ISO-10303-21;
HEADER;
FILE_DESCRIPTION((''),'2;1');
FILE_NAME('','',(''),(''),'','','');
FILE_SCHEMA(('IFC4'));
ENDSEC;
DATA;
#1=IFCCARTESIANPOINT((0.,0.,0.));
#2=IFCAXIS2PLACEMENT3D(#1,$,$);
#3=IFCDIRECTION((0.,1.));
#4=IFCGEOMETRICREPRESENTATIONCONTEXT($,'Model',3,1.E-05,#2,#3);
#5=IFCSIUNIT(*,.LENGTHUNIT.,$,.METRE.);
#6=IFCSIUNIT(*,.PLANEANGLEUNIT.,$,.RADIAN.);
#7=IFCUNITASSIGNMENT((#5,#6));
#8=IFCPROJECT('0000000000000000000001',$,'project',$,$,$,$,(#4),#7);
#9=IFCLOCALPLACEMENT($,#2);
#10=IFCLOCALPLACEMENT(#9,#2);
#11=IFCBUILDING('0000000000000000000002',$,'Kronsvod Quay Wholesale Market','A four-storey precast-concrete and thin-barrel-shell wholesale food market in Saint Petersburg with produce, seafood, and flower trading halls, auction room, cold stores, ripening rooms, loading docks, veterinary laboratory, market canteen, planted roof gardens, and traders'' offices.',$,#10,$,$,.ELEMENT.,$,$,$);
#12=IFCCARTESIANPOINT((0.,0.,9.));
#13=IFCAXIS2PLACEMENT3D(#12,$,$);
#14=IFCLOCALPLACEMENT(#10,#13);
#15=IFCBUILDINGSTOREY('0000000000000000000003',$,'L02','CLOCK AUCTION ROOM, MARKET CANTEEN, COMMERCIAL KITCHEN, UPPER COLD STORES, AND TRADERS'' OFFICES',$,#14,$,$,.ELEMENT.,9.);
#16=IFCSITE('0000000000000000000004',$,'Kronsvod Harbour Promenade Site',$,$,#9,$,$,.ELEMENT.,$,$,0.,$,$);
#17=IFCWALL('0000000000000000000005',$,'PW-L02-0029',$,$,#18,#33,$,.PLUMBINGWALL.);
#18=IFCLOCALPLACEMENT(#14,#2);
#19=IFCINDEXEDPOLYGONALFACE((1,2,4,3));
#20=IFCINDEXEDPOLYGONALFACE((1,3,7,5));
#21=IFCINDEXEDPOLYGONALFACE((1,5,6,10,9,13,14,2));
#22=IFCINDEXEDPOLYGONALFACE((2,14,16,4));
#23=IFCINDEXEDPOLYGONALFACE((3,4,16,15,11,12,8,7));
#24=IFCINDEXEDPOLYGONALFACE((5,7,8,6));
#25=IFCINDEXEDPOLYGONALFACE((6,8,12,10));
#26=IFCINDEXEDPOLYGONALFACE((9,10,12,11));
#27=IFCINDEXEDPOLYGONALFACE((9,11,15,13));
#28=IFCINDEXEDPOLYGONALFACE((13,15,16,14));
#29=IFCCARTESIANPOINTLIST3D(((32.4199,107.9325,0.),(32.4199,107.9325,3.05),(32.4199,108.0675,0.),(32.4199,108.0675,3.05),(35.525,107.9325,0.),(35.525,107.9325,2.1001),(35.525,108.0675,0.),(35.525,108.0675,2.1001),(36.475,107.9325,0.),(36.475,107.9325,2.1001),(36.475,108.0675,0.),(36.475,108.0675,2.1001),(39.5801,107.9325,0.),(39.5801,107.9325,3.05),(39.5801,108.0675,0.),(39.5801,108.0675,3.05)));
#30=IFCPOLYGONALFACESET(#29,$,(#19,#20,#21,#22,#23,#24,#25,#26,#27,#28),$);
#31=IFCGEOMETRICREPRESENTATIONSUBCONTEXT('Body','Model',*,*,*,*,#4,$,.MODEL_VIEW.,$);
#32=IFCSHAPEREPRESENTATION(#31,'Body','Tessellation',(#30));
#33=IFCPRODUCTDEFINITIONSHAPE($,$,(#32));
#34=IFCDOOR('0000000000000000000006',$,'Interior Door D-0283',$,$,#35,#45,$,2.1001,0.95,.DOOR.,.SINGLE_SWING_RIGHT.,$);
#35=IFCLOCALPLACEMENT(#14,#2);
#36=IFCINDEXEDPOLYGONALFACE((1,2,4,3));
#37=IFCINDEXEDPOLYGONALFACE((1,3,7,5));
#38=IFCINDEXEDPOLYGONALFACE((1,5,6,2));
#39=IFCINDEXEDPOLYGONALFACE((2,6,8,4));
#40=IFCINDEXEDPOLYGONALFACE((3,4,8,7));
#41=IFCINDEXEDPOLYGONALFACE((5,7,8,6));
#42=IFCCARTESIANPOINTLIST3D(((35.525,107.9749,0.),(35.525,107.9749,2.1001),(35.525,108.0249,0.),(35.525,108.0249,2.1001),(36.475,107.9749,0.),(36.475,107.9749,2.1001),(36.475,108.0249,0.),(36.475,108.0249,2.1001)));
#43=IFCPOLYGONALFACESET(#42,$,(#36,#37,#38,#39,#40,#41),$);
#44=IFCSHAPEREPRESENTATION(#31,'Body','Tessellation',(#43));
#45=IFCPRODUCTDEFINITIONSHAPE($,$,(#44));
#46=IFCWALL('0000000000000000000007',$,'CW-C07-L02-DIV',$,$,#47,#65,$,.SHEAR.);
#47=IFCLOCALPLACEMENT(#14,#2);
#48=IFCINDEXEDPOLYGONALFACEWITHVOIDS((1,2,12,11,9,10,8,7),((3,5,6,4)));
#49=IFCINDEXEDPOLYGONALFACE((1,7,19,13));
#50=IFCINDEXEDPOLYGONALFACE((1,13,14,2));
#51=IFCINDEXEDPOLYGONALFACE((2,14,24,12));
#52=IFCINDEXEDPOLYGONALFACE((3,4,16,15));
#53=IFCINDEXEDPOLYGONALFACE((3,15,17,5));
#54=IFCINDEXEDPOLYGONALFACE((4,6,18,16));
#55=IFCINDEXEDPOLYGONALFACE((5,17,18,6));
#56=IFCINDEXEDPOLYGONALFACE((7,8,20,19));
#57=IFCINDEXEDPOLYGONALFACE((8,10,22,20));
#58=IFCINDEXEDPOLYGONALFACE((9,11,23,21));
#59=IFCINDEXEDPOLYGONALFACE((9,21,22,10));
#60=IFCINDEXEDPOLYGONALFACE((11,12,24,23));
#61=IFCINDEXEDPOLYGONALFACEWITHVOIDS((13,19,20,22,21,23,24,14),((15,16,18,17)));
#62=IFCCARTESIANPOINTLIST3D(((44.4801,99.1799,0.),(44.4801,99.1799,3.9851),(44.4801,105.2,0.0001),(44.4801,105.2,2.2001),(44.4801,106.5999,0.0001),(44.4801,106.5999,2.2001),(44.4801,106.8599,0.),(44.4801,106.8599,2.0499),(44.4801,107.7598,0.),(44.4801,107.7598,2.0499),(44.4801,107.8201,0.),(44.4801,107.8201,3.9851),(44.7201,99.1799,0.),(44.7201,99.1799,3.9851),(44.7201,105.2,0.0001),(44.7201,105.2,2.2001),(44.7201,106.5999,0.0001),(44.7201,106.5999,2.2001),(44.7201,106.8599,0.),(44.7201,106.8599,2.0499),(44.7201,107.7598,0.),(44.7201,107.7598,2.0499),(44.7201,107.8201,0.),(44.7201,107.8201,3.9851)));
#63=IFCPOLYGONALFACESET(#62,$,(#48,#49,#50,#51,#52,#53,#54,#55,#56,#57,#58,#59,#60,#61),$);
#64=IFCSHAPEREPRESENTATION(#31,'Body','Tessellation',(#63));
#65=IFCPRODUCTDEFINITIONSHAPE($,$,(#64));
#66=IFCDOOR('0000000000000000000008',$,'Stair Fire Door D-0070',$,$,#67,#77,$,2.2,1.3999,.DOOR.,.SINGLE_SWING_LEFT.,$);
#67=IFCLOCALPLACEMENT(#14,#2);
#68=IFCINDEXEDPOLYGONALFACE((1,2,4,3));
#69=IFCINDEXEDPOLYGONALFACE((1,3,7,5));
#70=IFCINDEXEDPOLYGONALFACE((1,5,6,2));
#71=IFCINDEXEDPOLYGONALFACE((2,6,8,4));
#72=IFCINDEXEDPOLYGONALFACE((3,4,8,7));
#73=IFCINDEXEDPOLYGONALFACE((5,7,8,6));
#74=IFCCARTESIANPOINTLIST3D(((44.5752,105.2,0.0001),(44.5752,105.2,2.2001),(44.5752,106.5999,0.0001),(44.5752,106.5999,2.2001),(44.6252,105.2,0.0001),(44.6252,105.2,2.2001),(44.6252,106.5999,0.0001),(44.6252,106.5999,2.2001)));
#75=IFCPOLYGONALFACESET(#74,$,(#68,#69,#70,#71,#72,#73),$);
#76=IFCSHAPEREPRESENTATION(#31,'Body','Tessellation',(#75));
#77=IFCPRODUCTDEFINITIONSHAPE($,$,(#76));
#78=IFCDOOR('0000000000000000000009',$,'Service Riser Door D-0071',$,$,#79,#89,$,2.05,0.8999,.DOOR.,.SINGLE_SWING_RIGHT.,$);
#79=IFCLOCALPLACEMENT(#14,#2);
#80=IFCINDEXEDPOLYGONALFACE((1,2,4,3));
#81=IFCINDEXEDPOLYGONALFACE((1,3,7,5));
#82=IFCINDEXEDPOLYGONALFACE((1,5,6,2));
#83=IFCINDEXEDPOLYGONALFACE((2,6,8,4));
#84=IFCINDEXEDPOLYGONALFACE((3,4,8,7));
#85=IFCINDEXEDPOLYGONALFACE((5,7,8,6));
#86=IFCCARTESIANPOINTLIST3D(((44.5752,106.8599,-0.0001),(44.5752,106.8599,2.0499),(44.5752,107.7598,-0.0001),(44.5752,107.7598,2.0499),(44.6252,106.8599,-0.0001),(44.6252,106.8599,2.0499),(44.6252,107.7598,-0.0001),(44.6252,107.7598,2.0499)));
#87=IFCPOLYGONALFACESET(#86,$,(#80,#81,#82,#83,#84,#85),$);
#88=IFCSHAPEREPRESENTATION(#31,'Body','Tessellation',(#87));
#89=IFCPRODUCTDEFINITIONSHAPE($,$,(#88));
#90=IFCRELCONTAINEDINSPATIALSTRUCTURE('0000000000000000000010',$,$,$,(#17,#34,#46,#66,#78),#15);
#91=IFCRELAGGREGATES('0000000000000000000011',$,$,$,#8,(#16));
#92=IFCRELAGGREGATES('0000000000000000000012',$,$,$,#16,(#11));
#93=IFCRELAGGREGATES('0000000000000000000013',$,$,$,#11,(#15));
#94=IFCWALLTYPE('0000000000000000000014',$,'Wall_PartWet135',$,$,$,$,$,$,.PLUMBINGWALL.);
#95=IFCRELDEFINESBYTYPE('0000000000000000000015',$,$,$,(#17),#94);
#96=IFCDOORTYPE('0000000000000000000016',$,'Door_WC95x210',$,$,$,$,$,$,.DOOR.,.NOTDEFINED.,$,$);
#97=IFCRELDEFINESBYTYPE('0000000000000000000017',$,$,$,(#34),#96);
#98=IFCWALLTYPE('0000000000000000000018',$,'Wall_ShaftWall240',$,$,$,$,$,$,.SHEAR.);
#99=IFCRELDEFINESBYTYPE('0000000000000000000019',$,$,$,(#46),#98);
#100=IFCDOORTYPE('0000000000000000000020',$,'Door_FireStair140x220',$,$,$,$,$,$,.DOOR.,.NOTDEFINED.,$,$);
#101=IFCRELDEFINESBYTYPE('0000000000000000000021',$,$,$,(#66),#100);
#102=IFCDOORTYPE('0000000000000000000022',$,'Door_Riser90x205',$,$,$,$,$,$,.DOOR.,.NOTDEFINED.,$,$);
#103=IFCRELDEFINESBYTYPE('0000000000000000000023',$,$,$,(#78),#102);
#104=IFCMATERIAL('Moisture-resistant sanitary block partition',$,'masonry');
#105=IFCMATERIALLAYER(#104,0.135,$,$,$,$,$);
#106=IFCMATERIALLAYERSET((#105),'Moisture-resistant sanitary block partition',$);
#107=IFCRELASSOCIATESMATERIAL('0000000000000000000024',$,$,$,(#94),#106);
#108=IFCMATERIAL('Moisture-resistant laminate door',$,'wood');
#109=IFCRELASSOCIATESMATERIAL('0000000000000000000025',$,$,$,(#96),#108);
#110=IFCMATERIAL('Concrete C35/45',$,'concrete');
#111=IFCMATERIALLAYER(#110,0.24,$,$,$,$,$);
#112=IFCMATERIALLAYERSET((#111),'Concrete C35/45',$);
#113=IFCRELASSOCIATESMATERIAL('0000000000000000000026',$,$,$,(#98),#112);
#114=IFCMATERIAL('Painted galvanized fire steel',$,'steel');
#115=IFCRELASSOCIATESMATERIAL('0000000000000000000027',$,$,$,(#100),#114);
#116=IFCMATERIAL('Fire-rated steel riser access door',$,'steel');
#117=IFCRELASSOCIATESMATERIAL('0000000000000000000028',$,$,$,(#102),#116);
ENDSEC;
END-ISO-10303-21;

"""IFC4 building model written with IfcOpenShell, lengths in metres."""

from ifc_helpers import new_model, si_unit, direction, frame, frame_2d, origin, place, context, subcontext, project, spatial, rectangle, extrude, material, layer, layer_set, type_object, element, fill, save


model = new_model("IFC4")

# Units and contexts
model_context = context("Model", 3, precision=1e-05, world=origin(), true_north=direction((0.0, 1.0)))
body_context = subcontext(model_context, "Body", "Model", "MODEL_VIEW")
ifc_project = project(units=[si_unit("LENGTHUNIT", "METRE"), si_unit("PLANEANGLEUNIT", "RADIAN")], contexts=[model_context])

# Site, building, storey
site_placement = place(None, origin())
site = spatial("IfcSite", under=ifc_project, at=site_placement, Name="Kronsvod Harbour Promenade Site", CompositionType="ELEMENT", RefElevation=0.0)
building_placement = place(site_placement, origin())
building = spatial("IfcBuilding", under=site, at=building_placement, Name="Kronsvod Quay Wholesale Market", Description="A four-storey precast-concrete and thin-barrel-shell wholesale food market in Saint Petersburg with produce, seafood, and flower trading halls, auction room, cold stores, ripening rooms, loading docks, veterinary laboratory, market canteen, planted roof gardens, and traders' offices.", CompositionType="ELEMENT")
storey_placement = place(building_placement, frame((0.0, 0.0, 9.0)))
storey = spatial("IfcBuildingStorey", under=building, at=storey_placement, Name="L02", Description="CLOCK AUCTION ROOM, MARKET CANTEEN, COMMERCIAL KITCHEN, UPPER COLD STORES, AND TRADERS' OFFICES", CompositionType="ELEMENT", Elevation=9.0)

# Wall, opening, door
ifc_material_1 = material(Name="Moisture-resistant sanitary block partition", Category="masonry")
ifc_layer_1 = layer(ifc_material_1, 0.135)
ifc_layer_set_1 = layer_set([ifc_layer_1], Name="Moisture-resistant sanitary block partition")
wall_type_1 = type_object("IfcWallType", Name="Wall_PartWet135", PredefinedType="PLUMBINGWALL", material=ifc_layer_set_1)
wall_1_placement = place(storey_placement, frame((32.4199, 108.0, 0.0), z_axis=(0.0, 0.0, 1.0), x_axis=(1.0, 0.0, 0.0)))
wall_1 = element("IfcWall", 1, at=wall_1_placement, inside=storey, type_object=wall_type_1, Name="PW-L02-0029", PredefinedType="PLUMBINGWALL", context=body_context, shape_type="SweptSolid", body=[
    extrude(rectangle(XDim=7.1602, YDim=0.135, at=frame_2d((3.5801, 0.0))), origin(), (0.0, 0.0, 1.0), 3.05),
])
opening_1_placement = place(wall_1_placement, frame((3.105, 0.0, 0.0)))
opening_1 = element("IfcOpeningElement", 2, at=opening_1_placement, cuts=wall_1, PredefinedType="OPENING", context=body_context, shape_type="SweptSolid", body=[
    extrude(rectangle(XDim=0.95, YDim=2.1001, at=frame_2d((0.4751, 1.05))), frame((0.0, 0.0776, 0.0), z_axis=(0.0, -1.0, 0.0), x_axis=(1.0, 0.0, 0.0)), (0.0, 0.0, 1.0), 0.155),
])
ifc_material_2 = material(Name="Moisture-resistant laminate door", Category="wood")
door_type_1 = type_object("IfcDoorType", Name="Door_WC95x210", OperationType="NOTDEFINED", PredefinedType="DOOR", material=ifc_material_2)
door_1_placement = place(opening_1_placement, origin())
door_1 = element("IfcDoor", 3, at=door_1_placement, inside=storey, type_object=door_type_1, Name="Interior Door D-0283", OperationType="SINGLE_SWING_RIGHT", OverallHeight=2.1001, OverallWidth=0.95, PredefinedType="DOOR", context=body_context, shape_type="SweptSolid", body=[
    extrude(rectangle(XDim=0.95, YDim=2.1001, at=frame_2d((0.4751, 1.05))), frame((0.0, 0.0249, 0.0), z_axis=(0.0, -1.0, 0.0), x_axis=(1.0, 0.0, 0.0)), (0.0, 0.0, 1.0), 0.05),
])
fill(opening_1, door_1)

# Wall, openings, doors
ifc_material_3 = material(Name="Concrete C35/45", Category="concrete")
ifc_layer_2 = layer(ifc_material_3, 0.24)
ifc_layer_set_2 = layer_set([ifc_layer_2], Name="Concrete C35/45")
wall_type_2 = type_object("IfcWallType", Name="Wall_ShaftWall240", PredefinedType="SHEAR", material=ifc_layer_set_2)
wall_2_placement = place(storey_placement, frame((44.6001, 99.1799, 0.0), z_axis=(0.0, 0.0, 1.0), x_axis=(0.0, 1.0, 0.0)))
wall_2 = element("IfcWall", 4, at=wall_2_placement, inside=storey, type_object=wall_type_2, Name="CW-C07-L02-DIV", PredefinedType="SHEAR", context=body_context, shape_type="SweptSolid", body=[
    extrude(rectangle(XDim=8.6401, YDim=0.24, at=frame_2d((4.3201, 0.0))), origin(), (0.0, 0.0, 1.0), 3.9851),
])
opening_2_placement = place(wall_2_placement, frame((6.02, 0.0, 0.0)))
opening_2 = element("IfcOpeningElement", 5, at=opening_2_placement, cuts=wall_2, PredefinedType="OPENING", context=body_context, shape_type="SweptSolid", body=[
    extrude(rectangle(XDim=1.3999, YDim=2.2, at=frame_2d((0.7, 1.1001))), frame((0.0, 0.1299, 0.0), z_axis=(0.0, -1.0, 0.0), x_axis=(1.0, 0.0, 0.0)), (0.0, 0.0, 1.0), 0.26),
])
opening_3_placement = place(wall_2_placement, frame((7.6799, 0.0, 0.0)))
opening_3 = element("IfcOpeningElement", 6, at=opening_3_placement, cuts=wall_2, PredefinedType="OPENING", context=body_context, shape_type="SweptSolid", body=[
    extrude(rectangle(XDim=0.8999, YDim=2.05, at=frame_2d((0.45, 1.0249))), frame((0.0, 0.1299, 0.0), z_axis=(0.0, -1.0, 0.0), x_axis=(1.0, 0.0, 0.0)), (0.0, 0.0, 1.0), 0.26),
])
ifc_material_4 = material(Name="Painted galvanized fire steel", Category="steel")
door_type_2 = type_object("IfcDoorType", Name="Door_FireStair140x220", OperationType="NOTDEFINED", PredefinedType="DOOR", material=ifc_material_4)
door_2_placement = place(opening_2_placement, origin())
door_2 = element("IfcDoor", 7, at=door_2_placement, inside=storey, type_object=door_type_2, Name="Stair Fire Door D-0070", OperationType="SINGLE_SWING_LEFT", OverallHeight=2.2, OverallWidth=1.3999, PredefinedType="DOOR", context=body_context, shape_type="SweptSolid", body=[
    extrude(rectangle(XDim=1.3999, YDim=2.2, at=frame_2d((0.7, 1.1001))), frame((0.0, 0.0249, 0.0), z_axis=(0.0, -1.0, 0.0), x_axis=(1.0, 0.0, 0.0)), (0.0, 0.0, 1.0), 0.05),
])
fill(opening_2, door_2)
ifc_material_5 = material(Name="Fire-rated steel riser access door", Category="steel")
door_type_3 = type_object("IfcDoorType", Name="Door_Riser90x205", OperationType="NOTDEFINED", PredefinedType="DOOR", material=ifc_material_5)
door_3_placement = place(opening_3_placement, origin())
door_3 = element("IfcDoor", 8, at=door_3_placement, inside=storey, type_object=door_type_3, Name="Service Riser Door D-0071", OperationType="SINGLE_SWING_RIGHT", OverallHeight=2.05, OverallWidth=0.8999, PredefinedType="DOOR", context=body_context, shape_type="SweptSolid", body=[
    extrude(rectangle(XDim=0.8999, YDim=2.05, at=frame_2d((0.45, 1.0249))), frame((0.0, 0.0249, 0.0), z_axis=(0.0, -1.0, 0.0), x_axis=(1.0, 0.0, 0.0)), (0.0, 0.0, 1.0), 0.05),
])
fill(opening_3, door_3)

save(model, "model.ifc")
